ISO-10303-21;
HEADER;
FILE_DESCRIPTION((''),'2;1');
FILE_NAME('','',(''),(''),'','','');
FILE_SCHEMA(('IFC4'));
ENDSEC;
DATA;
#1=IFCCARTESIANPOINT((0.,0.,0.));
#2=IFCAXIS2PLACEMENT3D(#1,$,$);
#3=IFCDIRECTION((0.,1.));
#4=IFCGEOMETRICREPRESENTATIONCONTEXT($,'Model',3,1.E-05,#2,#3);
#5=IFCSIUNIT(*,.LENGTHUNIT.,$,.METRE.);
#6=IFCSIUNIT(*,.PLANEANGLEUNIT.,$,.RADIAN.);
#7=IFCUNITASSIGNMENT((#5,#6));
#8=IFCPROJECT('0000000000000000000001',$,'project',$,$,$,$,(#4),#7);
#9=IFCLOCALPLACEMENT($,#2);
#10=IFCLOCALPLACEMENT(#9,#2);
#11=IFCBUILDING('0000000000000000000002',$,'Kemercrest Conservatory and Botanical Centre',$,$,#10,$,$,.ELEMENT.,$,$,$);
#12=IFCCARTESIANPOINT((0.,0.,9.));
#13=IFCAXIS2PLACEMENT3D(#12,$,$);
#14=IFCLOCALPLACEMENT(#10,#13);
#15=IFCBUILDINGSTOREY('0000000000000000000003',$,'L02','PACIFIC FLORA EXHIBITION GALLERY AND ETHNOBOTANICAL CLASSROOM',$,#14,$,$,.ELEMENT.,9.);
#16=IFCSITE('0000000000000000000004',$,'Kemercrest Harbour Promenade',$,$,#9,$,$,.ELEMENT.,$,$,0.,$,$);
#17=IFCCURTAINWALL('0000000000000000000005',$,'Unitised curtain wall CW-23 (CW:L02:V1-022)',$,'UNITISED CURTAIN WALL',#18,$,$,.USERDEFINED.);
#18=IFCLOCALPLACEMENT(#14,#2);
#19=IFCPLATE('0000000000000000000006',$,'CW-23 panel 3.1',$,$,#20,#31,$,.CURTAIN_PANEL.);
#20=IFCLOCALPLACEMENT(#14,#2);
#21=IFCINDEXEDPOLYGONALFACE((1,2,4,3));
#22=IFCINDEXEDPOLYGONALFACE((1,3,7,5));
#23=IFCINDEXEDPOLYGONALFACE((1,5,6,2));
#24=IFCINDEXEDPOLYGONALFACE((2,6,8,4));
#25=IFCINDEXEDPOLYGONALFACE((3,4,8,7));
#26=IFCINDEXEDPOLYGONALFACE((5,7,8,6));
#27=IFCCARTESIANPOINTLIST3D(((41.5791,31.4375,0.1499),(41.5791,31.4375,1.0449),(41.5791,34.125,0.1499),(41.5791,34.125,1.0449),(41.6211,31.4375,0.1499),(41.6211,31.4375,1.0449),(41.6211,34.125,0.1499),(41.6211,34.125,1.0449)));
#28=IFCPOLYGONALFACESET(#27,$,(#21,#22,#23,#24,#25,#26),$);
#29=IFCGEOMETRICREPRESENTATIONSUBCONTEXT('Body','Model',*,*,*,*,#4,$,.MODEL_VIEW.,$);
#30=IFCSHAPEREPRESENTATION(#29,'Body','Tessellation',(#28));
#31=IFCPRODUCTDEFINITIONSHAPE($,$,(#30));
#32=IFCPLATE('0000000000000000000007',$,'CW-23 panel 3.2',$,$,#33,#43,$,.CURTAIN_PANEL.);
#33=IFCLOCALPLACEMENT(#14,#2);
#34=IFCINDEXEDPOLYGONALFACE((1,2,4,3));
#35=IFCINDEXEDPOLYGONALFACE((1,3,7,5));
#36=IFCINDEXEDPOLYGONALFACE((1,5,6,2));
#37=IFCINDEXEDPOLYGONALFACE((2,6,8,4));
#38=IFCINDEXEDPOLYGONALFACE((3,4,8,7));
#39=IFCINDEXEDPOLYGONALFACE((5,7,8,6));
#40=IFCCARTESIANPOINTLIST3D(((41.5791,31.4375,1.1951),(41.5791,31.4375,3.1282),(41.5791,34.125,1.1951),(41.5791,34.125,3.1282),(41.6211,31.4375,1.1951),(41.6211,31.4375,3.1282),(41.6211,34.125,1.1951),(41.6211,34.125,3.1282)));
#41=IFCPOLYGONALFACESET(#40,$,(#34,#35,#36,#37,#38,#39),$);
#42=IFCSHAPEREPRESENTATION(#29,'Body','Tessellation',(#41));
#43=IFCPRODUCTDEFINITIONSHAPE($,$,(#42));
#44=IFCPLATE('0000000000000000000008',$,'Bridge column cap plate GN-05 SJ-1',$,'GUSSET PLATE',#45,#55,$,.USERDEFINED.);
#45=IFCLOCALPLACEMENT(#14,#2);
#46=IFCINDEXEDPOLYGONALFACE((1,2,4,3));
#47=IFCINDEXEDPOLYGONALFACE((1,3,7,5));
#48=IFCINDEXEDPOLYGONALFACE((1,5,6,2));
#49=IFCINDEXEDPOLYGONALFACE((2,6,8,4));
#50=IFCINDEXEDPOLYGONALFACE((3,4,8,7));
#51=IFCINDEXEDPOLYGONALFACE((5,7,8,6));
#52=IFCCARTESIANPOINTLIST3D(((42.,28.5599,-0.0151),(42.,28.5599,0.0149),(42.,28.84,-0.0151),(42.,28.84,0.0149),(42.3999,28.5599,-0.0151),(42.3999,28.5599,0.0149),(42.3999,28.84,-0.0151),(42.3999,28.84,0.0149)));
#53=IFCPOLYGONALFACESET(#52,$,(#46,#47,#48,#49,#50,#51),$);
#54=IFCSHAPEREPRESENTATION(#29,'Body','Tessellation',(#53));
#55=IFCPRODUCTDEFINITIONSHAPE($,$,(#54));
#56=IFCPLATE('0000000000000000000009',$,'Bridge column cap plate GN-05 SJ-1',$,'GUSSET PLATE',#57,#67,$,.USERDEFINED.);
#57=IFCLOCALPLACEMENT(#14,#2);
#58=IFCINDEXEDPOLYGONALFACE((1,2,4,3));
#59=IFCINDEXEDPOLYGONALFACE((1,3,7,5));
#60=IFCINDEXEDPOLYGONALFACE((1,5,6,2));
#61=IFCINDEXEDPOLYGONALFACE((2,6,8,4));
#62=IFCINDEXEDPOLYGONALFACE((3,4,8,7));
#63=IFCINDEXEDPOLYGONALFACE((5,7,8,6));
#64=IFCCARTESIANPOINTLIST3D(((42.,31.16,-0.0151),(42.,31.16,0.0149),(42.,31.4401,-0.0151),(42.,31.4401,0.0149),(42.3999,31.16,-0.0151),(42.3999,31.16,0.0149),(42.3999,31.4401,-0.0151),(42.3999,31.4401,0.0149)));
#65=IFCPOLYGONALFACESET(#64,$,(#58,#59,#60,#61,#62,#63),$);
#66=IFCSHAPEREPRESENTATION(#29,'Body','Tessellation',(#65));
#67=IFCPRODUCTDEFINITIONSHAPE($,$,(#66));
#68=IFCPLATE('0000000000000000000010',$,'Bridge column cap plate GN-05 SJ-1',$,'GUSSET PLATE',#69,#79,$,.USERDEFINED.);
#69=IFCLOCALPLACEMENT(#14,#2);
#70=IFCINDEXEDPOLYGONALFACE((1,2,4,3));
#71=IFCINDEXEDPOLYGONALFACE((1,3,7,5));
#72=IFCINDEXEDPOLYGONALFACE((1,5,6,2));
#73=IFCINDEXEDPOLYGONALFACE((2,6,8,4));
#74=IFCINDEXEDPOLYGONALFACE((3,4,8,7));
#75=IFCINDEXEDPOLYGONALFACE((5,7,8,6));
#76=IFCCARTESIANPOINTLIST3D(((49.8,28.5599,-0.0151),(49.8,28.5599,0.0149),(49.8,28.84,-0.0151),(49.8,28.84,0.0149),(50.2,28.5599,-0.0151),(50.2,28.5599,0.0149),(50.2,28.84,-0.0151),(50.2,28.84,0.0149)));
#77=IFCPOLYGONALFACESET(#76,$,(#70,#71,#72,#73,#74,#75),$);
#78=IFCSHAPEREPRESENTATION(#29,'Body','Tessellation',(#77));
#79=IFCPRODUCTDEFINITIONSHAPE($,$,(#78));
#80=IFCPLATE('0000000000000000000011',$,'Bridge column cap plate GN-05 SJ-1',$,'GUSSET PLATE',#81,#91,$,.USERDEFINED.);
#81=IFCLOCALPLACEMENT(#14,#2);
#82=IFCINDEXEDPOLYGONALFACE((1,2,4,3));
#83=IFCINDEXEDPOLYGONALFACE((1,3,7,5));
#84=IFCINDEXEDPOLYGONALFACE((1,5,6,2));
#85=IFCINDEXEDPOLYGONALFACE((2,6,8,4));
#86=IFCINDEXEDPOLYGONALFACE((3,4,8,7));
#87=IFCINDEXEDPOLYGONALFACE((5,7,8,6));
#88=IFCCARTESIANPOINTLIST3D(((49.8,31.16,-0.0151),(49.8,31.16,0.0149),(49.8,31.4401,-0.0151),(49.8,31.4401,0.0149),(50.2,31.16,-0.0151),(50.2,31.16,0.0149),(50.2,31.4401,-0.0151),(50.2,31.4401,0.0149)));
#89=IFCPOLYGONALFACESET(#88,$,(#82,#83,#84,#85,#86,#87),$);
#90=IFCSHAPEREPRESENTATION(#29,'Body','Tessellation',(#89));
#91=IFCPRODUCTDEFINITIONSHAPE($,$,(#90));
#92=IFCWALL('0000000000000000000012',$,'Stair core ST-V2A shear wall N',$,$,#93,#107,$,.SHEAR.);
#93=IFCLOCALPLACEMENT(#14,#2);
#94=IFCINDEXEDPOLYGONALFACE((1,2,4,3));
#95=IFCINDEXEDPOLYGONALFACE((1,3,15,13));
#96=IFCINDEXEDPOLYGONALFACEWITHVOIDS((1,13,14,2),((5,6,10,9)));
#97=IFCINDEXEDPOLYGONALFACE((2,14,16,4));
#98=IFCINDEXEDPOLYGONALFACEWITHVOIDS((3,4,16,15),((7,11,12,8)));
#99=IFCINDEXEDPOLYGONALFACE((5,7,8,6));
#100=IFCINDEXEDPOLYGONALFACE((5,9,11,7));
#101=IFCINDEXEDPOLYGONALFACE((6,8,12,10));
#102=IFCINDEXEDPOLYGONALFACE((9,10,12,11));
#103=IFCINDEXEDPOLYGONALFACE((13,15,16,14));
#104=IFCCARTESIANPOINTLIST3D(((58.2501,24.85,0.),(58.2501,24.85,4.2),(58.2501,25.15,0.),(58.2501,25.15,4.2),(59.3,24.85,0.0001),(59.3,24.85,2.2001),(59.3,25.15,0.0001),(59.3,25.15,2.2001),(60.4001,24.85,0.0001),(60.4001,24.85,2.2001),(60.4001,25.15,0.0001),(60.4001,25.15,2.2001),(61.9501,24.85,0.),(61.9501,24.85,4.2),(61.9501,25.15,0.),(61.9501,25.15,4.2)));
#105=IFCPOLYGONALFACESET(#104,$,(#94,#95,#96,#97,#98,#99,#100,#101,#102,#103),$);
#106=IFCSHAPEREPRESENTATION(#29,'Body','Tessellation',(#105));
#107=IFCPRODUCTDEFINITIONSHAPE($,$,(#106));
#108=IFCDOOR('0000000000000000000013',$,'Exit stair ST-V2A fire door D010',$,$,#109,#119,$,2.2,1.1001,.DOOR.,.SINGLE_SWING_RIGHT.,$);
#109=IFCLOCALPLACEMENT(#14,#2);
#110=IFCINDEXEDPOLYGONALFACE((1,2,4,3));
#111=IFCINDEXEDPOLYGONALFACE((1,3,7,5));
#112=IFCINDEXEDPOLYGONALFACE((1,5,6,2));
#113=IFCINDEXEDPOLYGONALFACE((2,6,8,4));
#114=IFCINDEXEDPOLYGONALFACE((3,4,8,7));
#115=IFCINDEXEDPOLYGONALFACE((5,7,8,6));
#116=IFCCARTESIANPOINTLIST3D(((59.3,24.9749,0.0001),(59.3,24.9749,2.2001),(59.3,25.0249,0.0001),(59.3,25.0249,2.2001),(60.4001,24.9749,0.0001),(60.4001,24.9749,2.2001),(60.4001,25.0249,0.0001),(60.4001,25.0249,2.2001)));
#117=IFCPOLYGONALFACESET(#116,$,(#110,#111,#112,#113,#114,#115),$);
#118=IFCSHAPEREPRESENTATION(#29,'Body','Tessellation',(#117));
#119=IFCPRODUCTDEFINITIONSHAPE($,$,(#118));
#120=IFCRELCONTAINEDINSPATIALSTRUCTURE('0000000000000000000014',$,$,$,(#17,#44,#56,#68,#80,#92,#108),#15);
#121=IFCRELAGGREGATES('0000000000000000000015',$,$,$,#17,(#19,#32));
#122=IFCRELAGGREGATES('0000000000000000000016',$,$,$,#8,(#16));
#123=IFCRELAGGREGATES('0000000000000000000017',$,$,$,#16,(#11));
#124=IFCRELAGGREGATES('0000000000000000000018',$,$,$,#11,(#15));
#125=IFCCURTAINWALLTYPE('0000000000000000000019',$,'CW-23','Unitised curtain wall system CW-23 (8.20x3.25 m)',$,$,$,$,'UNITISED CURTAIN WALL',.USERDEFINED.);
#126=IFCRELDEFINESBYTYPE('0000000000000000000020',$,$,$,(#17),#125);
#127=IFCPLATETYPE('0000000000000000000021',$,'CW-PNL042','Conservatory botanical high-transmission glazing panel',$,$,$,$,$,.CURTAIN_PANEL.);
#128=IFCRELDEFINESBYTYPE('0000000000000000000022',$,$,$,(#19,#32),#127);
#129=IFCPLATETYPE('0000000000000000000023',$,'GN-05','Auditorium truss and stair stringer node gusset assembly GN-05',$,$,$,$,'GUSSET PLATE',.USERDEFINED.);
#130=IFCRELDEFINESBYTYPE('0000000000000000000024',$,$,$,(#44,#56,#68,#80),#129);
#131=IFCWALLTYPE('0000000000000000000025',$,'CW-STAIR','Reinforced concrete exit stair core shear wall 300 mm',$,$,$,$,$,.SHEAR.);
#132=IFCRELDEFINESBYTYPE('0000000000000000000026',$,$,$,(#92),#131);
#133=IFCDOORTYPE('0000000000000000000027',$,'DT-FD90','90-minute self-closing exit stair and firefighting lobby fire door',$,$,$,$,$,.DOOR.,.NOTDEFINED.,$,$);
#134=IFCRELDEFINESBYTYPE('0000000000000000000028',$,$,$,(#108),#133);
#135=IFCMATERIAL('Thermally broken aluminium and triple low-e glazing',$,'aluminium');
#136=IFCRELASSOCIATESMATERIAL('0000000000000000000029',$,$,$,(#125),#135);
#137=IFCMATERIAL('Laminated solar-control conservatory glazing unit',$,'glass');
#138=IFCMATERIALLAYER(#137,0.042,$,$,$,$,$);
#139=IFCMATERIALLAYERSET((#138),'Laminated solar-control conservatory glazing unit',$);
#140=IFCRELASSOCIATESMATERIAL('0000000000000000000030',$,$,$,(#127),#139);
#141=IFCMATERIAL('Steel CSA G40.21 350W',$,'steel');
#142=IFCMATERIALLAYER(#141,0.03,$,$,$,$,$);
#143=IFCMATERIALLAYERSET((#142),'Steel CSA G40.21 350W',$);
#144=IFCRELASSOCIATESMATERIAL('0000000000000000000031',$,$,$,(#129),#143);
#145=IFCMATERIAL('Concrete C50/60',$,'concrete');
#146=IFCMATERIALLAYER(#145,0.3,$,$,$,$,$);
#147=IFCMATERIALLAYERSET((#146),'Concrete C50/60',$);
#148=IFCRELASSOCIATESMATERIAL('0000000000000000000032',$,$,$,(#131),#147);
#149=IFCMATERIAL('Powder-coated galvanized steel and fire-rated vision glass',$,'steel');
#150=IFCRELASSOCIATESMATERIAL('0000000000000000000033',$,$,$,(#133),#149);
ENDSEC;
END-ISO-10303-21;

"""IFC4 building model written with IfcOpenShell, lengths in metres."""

from ifc_helpers import new_model, si_unit, direction, frame, frame_2d, origin, origin_2d, place, context, subcontext, project, spatial, rectangle, extrude, material, layer, layer_set, type_object, element, fill, aggregate, save


model = new_model("IFC4")

# Units and contexts
model_context = context("Model", 3, precision=1e-05, world=origin(), true_north=direction((0.0, 1.0)))
body_context = subcontext(model_context, "Body", "Model", "MODEL_VIEW")
ifc_project = project(units=[si_unit("LENGTHUNIT", "METRE"), si_unit("PLANEANGLEUNIT", "RADIAN")], contexts=[model_context])

# Site, building, storey
site_placement = place(None, origin())
site = spatial("IfcSite", under=ifc_project, at=site_placement, Name="Kemercrest Harbour Promenade", CompositionType="ELEMENT", RefElevation=0.0)
building_placement = place(site_placement, origin())
building = spatial("IfcBuilding", under=site, at=building_placement, Name="Kemercrest Conservatory and Botanical Centre", CompositionType="ELEMENT")
storey_placement = place(building_placement, frame((0.0, 0.0, 9.0)))
storey = spatial("IfcBuildingStorey", under=building, at=storey_placement, Name="L02", Description="PACIFIC FLORA EXHIBITION GALLERY AND ETHNOBOTANICAL CLASSROOM", CompositionType="ELEMENT", Elevation=9.0)

# Curtain wall
ifc_material_1 = material(Name="Thermally broken aluminium and triple low-e glazing", Category="aluminium")
curtain_wall_type = type_object("IfcCurtainWallType", Name="CW-23", Description="Unitised curtain wall system CW-23 (8.20x3.25 m)", ElementType="UNITISED CURTAIN WALL", PredefinedType="USERDEFINED", material=ifc_material_1)
curtain_wall_placement = place(storey_placement, origin())
curtain_wall = element("IfcCurtainWall", 1, at=curtain_wall_placement, inside=storey, type_object=curtain_wall_type, Name="Unitised curtain wall CW-23 (CW:L02:V1-022)", ObjectType="UNITISED CURTAIN WALL", PredefinedType="USERDEFINED")

# Plates
ifc_material_2 = material(Name="Laminated solar-control conservatory glazing unit", Category="glass")
ifc_layer_1 = layer(ifc_material_2, 0.042)
ifc_layer_set_1 = layer_set([ifc_layer_1], Name="Laminated solar-control conservatory glazing unit")
plate_type_1 = type_object("IfcPlateType", Name="CW-PNL042", Description="Conservatory botanical high-transmission glazing panel", PredefinedType="CURTAIN_PANEL", material=ifc_layer_set_1)
plate_1_placement = place(storey_placement, frame((41.6001, 32.7812, 0.1499), z_axis=(0.0, 0.0, 1.0), x_axis=(0.0, 1.0, 0.0)))
plate_1 = element("IfcPlate", 2, at=plate_1_placement, type_object=plate_type_1, Name="CW-23 panel 3.1", PredefinedType="CURTAIN_PANEL", context=body_context, shape_type="SweptSolid", body=[
    extrude(rectangle(XDim=2.6875, YDim=0.042, at=origin_2d()), origin(), (0.0, 0.0, 1.0), 0.895),
])
plate_2_placement = place(storey_placement, frame((41.6001, 32.7812, 1.1951), z_axis=(0.0, 0.0, 1.0), x_axis=(0.0, 1.0, 0.0)))
plate_2 = element("IfcPlate", 3, at=plate_2_placement, type_object=plate_type_1, Name="CW-23 panel 3.2", PredefinedType="CURTAIN_PANEL", context=body_context, shape_type="SweptSolid", body=[
    extrude(rectangle(XDim=2.6875, YDim=0.042, at=origin_2d()), origin(), (0.0, 0.0, 1.0), 1.9331),
])
aggregate(curtain_wall, [plate_1, plate_2])

# Plates
ifc_material_3 = material(Name="Steel CSA G40.21 350W", Category="steel")
ifc_layer_2 = layer(ifc_material_3, 0.03)
ifc_layer_set_2 = layer_set([ifc_layer_2], Name="Steel CSA G40.21 350W")
plate_type_2 = type_object("IfcPlateType", Name="GN-05", Description="Auditorium truss and stair stringer node gusset assembly GN-05", ElementType="GUSSET PLATE", PredefinedType="USERDEFINED", material=ifc_layer_set_2)
for number, where, z_axis, x_axis, name in (
    (4, (42.2, 28.7, -0.0151), (0.0, 0.0, 1.0), (1.0, 0.0, 0.0), "Bridge column cap plate GN-05 SJ-1"),
    (5, (42.2, 31.3, -0.0151), (0.0, 0.0, 1.0), (1.0, 0.0, 0.0), "Bridge column cap plate GN-05 SJ-1"),
    (6, (50.0, 28.7, -0.0151), (0.0, 0.0, 1.0), (1.0, 0.0, 0.0), "Bridge column cap plate GN-05 SJ-1"),
    (7, (50.0, 31.3, -0.0151), (0.0, 0.0, 1.0), (1.0, 0.0, 0.0), "Bridge column cap plate GN-05 SJ-1"),
):
    element("IfcPlate", number, at=place(storey_placement, frame(where, z_axis=z_axis, x_axis=x_axis)), inside=storey, type_object=plate_type_2, Name=name, ObjectType="GUSSET PLATE", PredefinedType="USERDEFINED", context=body_context, shape_type="SweptSolid", body=[
        extrude(rectangle(XDim=0.3999, YDim=0.28, at=origin_2d()), origin(), (0.0, 0.0, 1.0), 0.03),
    ])

# Wall, opening, door
ifc_material_4 = material(Name="Concrete C50/60", Category="concrete")
ifc_layer_3 = layer(ifc_material_4, 0.3)
ifc_layer_set_3 = layer_set([ifc_layer_3], Name="Concrete C50/60")
wall_type = type_object("IfcWallType", Name="CW-STAIR", Description="Reinforced concrete exit stair core shear wall 300 mm", PredefinedType="SHEAR", material=ifc_layer_set_3)
wall_placement = place(storey_placement, frame((58.25, 25.0, 0.0), z_axis=(0.0, 0.0, 1.0), x_axis=(1.0, 0.0, 0.0)))
wall = element("IfcWall", 8, at=wall_placement, inside=storey, type_object=wall_type, Name="Stair core ST-V2A shear wall N", PredefinedType="SHEAR", context=body_context, shape_type="SweptSolid", body=[
    extrude(rectangle(XDim=3.7, YDim=0.3, at=frame_2d((1.8501, 0.0))), origin(), (0.0, 0.0, 1.0), 4.2),
])
opening_placement = place(wall_placement, frame((1.05, 0.0, 0.0)))
opening = element("IfcOpeningElement", 9, at=opening_placement, cuts=wall, PredefinedType="OPENING", context=body_context, shape_type="SweptSolid", body=[
    extrude(rectangle(XDim=1.1001, YDim=2.2, at=frame_2d((0.55, 1.1001))), frame((0.0, 0.1602, 0.0), z_axis=(0.0, -1.0, 0.0), x_axis=(1.0, 0.0, 0.0)), (0.0, 0.0, 1.0), 0.3201),
])
ifc_material_5 = material(Name="Powder-coated galvanized steel and fire-rated vision glass", Category="steel")
door_type = type_object("IfcDoorType", Name="DT-FD90", Description="90-minute self-closing exit stair and firefighting lobby fire door", OperationType="NOTDEFINED", PredefinedType="DOOR", material=ifc_material_5)
door_placement = place(opening_placement, origin())
door = element("IfcDoor", 10, at=door_placement, inside=storey, type_object=door_type, Name="Exit stair ST-V2A fire door D010", OperationType="SINGLE_SWING_RIGHT", OverallHeight=2.2, OverallWidth=1.1001, PredefinedType="DOOR", context=body_context, shape_type="SweptSolid", body=[
    extrude(rectangle(XDim=1.1001, YDim=2.2, at=frame_2d((0.55, 1.1001))), frame((0.0, 0.0249, 0.0), z_axis=(0.0, -1.0, 0.0), x_axis=(1.0, 0.0, 0.0)), (0.0, 0.0, 1.0), 0.05),
])
fill(opening, door)

save(model, "model.ifc")
